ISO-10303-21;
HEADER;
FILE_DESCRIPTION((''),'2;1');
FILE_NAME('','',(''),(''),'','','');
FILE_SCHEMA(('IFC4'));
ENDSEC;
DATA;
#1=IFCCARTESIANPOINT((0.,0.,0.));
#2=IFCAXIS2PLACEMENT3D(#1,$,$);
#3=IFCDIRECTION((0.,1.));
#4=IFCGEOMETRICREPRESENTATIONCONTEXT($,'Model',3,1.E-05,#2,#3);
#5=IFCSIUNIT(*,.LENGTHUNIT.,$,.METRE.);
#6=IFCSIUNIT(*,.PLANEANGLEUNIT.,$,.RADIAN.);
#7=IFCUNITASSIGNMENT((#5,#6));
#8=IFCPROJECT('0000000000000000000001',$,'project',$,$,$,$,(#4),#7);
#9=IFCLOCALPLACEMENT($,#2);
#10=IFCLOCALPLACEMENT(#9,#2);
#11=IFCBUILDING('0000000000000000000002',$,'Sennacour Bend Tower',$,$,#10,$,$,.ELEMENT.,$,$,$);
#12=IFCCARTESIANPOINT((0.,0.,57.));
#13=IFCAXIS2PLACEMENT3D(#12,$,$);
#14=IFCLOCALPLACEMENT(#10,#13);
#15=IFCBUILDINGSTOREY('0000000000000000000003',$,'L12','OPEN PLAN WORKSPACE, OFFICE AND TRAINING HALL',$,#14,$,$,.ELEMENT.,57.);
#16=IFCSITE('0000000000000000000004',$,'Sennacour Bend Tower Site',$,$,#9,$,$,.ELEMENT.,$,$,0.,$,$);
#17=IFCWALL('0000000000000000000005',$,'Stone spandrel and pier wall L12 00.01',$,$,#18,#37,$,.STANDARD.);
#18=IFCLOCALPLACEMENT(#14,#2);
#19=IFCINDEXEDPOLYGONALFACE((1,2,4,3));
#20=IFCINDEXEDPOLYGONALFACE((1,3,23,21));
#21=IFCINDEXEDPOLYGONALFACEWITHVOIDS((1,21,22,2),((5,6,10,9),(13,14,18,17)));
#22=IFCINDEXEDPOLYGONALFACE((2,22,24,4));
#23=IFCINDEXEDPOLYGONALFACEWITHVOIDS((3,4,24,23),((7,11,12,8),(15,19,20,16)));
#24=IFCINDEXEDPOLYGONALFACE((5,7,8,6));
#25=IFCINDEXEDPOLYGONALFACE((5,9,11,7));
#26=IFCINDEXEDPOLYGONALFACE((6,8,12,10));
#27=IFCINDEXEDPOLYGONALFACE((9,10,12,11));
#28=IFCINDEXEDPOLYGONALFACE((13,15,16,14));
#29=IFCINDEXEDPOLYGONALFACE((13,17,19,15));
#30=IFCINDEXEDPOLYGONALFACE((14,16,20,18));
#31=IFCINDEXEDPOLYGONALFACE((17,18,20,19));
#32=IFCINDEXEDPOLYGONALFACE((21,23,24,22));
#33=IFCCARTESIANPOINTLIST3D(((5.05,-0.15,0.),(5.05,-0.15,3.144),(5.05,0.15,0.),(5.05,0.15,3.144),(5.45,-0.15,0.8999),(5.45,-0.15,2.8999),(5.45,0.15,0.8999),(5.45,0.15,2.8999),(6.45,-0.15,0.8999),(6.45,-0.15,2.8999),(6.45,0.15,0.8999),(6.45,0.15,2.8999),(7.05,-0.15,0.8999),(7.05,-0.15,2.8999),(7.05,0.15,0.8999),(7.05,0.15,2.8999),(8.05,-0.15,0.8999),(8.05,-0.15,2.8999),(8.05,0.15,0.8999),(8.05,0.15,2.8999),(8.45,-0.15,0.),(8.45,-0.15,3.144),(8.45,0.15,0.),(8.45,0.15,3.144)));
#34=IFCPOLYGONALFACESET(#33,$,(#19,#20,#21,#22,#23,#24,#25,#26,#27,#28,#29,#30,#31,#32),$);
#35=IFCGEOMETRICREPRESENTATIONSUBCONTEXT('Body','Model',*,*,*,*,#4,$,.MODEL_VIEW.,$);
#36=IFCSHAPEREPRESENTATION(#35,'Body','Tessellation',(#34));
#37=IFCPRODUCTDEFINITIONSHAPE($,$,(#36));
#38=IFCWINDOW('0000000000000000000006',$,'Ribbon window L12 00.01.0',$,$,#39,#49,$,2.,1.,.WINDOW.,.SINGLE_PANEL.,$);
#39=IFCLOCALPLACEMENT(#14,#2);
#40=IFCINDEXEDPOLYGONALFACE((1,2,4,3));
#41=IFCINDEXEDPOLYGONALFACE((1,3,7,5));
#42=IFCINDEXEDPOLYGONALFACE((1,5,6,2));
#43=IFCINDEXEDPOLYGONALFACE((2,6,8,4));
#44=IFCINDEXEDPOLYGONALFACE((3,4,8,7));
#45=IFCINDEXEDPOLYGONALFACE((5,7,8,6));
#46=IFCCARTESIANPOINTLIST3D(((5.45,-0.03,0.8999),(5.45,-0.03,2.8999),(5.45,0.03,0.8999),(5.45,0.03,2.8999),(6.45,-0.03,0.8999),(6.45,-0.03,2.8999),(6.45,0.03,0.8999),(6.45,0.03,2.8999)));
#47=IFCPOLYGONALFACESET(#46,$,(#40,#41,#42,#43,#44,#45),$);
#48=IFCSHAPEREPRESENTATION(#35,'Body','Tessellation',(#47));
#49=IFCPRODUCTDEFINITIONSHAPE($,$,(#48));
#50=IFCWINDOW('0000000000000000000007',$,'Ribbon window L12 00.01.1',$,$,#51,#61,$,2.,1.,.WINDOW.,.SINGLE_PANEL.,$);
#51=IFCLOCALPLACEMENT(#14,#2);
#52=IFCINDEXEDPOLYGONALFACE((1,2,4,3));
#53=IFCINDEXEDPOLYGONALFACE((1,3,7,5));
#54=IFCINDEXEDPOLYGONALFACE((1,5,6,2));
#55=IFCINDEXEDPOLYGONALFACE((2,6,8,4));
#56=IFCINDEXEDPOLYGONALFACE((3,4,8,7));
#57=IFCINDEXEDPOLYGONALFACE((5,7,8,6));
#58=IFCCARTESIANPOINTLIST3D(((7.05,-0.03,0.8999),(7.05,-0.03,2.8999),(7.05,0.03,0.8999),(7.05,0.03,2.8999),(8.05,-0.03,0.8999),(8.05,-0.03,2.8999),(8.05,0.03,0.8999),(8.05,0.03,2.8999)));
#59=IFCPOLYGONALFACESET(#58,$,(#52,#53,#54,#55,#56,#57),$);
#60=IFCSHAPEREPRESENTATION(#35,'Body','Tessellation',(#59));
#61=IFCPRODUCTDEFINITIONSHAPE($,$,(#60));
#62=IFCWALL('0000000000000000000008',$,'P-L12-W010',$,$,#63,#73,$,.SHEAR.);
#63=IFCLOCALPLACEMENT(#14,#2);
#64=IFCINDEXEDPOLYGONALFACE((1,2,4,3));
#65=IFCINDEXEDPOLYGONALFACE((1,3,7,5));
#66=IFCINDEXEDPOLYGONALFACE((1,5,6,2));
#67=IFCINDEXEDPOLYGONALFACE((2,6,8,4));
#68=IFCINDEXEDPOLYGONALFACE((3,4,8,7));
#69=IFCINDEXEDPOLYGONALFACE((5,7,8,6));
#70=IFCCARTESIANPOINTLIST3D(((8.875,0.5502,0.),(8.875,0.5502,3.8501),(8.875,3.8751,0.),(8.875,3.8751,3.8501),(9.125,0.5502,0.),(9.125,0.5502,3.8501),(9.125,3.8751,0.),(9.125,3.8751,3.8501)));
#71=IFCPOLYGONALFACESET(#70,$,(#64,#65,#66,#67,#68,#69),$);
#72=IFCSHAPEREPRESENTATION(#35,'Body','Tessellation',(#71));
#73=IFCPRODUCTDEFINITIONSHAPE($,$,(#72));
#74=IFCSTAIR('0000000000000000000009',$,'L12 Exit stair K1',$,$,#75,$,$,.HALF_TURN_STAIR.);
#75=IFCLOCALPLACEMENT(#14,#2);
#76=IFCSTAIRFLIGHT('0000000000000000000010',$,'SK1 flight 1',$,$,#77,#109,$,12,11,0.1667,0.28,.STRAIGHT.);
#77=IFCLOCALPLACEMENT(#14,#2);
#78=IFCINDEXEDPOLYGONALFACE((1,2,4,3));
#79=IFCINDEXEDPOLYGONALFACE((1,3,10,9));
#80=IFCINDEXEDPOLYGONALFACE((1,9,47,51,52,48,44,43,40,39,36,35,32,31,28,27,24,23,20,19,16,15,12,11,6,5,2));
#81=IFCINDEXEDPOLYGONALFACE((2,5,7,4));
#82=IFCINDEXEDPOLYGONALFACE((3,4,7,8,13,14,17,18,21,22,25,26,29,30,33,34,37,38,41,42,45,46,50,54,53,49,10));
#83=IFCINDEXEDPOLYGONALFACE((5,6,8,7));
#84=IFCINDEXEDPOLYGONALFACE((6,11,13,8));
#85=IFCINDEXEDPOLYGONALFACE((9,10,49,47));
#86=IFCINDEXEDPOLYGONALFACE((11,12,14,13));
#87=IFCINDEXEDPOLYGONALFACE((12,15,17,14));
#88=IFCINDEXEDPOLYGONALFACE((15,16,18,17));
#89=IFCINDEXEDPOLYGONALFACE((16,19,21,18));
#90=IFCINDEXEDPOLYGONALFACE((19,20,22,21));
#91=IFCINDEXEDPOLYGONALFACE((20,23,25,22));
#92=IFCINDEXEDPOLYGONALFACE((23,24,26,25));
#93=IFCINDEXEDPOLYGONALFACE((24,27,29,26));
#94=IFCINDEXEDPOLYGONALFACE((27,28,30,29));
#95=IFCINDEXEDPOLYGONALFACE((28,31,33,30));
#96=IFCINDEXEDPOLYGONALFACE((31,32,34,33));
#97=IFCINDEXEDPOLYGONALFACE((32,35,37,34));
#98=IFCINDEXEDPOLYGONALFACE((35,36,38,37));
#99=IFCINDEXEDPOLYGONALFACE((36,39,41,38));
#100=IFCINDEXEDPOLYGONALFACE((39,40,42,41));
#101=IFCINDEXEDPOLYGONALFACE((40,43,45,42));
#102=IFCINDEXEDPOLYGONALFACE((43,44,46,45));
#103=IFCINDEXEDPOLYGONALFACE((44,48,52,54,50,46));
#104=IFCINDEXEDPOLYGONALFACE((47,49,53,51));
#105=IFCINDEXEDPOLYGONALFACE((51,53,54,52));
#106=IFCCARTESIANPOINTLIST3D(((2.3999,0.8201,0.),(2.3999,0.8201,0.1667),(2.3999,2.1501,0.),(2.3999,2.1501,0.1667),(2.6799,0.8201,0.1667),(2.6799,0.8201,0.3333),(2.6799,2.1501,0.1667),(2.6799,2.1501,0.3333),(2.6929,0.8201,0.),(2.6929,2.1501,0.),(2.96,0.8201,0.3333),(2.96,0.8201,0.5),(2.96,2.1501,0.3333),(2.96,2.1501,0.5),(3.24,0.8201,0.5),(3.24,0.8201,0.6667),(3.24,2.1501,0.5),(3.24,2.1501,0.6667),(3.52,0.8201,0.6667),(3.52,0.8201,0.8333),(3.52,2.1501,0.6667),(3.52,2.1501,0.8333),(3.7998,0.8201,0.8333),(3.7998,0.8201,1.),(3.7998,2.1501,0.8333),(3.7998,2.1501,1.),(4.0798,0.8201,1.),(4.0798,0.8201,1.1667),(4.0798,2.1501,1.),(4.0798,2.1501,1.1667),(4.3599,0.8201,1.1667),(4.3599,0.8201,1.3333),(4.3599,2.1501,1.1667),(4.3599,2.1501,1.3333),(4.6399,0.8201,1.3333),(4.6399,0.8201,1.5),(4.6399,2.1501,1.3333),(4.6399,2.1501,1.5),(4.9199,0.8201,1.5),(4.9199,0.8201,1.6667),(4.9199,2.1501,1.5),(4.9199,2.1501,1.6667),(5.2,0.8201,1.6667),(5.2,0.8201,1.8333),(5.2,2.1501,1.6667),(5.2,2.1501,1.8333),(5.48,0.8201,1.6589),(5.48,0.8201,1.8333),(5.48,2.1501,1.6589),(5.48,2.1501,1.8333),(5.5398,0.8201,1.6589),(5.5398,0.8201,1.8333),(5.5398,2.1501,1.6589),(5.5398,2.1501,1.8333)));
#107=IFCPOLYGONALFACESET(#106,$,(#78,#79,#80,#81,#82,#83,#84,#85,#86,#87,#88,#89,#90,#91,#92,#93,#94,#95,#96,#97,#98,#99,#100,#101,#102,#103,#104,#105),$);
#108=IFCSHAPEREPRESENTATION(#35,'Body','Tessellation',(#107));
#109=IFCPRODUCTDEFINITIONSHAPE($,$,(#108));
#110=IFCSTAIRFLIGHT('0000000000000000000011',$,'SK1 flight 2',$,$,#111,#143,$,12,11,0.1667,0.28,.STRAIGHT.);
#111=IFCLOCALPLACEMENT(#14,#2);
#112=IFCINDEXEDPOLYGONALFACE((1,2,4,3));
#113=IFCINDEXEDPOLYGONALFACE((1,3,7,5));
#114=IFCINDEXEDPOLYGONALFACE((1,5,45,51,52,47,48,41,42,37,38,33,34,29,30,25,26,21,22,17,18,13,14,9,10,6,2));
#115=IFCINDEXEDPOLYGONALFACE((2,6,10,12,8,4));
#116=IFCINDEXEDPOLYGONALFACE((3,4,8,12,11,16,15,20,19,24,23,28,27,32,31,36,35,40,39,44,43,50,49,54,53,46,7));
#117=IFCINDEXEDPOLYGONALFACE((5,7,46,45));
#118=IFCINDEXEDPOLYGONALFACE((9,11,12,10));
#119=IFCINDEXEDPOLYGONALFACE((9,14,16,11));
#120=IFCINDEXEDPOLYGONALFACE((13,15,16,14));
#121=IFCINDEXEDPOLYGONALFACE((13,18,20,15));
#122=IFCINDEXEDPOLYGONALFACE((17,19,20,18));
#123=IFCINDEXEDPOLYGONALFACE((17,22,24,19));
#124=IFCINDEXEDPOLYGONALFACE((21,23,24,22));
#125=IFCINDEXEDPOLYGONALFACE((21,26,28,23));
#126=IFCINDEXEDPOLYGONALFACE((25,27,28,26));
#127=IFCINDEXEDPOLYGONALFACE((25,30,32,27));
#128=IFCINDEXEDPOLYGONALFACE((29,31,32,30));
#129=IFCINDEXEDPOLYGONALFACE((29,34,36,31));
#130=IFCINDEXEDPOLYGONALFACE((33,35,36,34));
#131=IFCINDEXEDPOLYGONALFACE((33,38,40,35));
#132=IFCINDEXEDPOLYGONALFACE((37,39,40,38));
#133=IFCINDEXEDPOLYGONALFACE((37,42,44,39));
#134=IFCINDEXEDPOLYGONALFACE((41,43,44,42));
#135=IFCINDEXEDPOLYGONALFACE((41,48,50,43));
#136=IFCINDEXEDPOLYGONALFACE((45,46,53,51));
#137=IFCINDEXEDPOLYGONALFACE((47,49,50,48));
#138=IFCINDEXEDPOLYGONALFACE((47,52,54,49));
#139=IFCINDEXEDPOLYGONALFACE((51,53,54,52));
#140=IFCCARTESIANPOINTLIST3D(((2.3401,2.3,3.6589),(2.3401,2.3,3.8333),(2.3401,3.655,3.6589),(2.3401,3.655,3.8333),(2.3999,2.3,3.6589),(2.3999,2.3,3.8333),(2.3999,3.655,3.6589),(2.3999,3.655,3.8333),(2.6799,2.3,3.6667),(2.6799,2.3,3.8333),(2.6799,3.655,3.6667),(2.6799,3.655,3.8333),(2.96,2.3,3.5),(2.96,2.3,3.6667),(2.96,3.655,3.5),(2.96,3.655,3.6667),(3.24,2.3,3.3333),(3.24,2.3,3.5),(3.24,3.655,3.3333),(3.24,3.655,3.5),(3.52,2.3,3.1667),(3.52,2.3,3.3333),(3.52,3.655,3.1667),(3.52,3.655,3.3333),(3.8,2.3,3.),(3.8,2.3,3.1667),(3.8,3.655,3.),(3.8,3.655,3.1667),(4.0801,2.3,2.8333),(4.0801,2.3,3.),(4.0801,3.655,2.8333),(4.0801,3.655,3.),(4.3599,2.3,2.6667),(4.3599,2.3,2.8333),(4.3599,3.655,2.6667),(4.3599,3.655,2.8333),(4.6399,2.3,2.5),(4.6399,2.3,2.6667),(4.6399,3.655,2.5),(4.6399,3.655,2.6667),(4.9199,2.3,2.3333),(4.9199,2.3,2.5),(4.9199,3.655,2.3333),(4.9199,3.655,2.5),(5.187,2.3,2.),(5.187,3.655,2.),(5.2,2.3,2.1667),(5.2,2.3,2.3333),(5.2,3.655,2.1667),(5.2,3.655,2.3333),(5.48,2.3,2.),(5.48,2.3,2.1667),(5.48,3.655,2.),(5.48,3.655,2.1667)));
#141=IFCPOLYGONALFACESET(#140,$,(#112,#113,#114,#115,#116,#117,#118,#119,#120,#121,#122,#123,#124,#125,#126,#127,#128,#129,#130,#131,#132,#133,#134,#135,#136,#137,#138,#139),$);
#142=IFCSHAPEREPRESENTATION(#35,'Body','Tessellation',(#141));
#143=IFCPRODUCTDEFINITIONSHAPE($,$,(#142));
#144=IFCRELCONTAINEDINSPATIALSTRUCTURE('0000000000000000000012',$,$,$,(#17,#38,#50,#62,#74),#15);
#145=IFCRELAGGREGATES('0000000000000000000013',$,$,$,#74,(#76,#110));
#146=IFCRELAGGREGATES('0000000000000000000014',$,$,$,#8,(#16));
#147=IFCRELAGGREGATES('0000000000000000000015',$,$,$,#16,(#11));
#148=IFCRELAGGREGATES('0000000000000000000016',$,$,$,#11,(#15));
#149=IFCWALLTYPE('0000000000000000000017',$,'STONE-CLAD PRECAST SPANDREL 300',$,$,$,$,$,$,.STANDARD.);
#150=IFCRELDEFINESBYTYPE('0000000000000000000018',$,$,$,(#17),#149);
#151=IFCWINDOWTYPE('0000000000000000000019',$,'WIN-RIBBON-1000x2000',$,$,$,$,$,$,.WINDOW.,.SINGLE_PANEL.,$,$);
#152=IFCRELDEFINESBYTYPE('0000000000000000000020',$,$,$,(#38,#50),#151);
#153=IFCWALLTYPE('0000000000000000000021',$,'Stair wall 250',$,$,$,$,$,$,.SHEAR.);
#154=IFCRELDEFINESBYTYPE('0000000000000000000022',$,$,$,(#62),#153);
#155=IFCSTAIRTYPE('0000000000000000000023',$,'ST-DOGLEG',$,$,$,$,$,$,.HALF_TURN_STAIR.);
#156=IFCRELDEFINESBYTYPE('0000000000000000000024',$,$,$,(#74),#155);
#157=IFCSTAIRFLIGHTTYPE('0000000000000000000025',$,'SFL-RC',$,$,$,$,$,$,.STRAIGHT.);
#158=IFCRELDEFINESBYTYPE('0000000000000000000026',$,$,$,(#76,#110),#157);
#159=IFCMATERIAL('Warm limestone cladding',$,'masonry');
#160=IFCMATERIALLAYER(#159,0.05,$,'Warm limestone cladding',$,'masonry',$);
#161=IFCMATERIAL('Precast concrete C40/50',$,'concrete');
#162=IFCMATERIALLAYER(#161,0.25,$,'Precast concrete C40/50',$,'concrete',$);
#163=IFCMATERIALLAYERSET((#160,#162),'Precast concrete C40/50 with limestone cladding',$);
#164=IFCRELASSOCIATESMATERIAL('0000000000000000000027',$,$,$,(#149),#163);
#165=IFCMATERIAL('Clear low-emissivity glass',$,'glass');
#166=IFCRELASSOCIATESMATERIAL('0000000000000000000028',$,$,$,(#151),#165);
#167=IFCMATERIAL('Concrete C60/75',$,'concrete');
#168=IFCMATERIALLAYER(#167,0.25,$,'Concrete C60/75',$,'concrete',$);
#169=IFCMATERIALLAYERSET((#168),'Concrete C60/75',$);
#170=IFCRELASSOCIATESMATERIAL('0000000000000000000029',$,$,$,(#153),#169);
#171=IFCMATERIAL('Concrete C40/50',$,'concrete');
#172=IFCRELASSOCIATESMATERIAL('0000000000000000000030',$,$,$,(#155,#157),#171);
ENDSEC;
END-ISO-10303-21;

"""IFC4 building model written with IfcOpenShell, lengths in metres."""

from ifc_helpers import new_model, si_unit, direction, frame, frame_2d, origin, place, context, subcontext, project, spatial, polyline, rectangle, outline, extrude, material, layer, layer_set, type_object, element, fill, aggregate, save


model = new_model("IFC4")

# Units and contexts
model_context = context("Model", 3, precision=1e-05, world=origin(), true_north=direction((0.0, 1.0)))
body_context = subcontext(model_context, "Body", "Model", "MODEL_VIEW")
ifc_project = project(units=[si_unit("LENGTHUNIT", "METRE"), si_unit("PLANEANGLEUNIT", "RADIAN")], contexts=[model_context])

# Site, building, storey
site_placement = place(None, origin())
site = spatial("IfcSite", under=ifc_project, at=site_placement, Name="Sennacour Bend Tower Site", CompositionType="ELEMENT", RefElevation=0.0)
building_placement = place(site_placement, origin())
building = spatial("IfcBuilding", under=site, at=building_placement, Name="Sennacour Bend Tower", CompositionType="ELEMENT")
storey_placement = place(building_placement, frame((0.0, 0.0, 57.0)))
storey = spatial("IfcBuildingStorey", under=building, at=storey_placement, Name="L12", Description="OPEN PLAN WORKSPACE, OFFICE AND TRAINING HALL", CompositionType="ELEMENT", Elevation=57.0)

# Wall, openings, windows
ifc_material_1 = material(Name="Warm limestone cladding", Category="masonry")
ifc_layer_1 = layer(ifc_material_1, 0.05, Name="Warm limestone cladding", Category="masonry")
ifc_material_2 = material(Name="Precast concrete C40/50", Category="concrete")
ifc_layer_2 = layer(ifc_material_2, 0.25, Name="Precast concrete C40/50", Category="concrete")
ifc_layer_set_1 = layer_set([ifc_layer_1, ifc_layer_2], Name="Precast concrete C40/50 with limestone cladding")
wall_type_1 = type_object("IfcWallType", Name="STONE-CLAD PRECAST SPANDREL 300", PredefinedType="STANDARD", material=ifc_layer_set_1)
wall_1_placement = place(storey_placement, frame((5.05, 0.0, 0.0), z_axis=(0.0, 0.0, 1.0), x_axis=(1.0, 0.0, 0.0)))
wall_1 = element("IfcWall", 1, at=wall_1_placement, inside=storey, type_object=wall_type_1, Name="Stone spandrel and pier wall L12 00.01", PredefinedType="STANDARD", context=body_context, shape_type="SweptSolid", body=[
    extrude(rectangle(XDim=3.3999, YDim=0.3, at=frame_2d((1.7, 0.0))), origin(), (0.0, 0.0, 1.0), 3.144),
])
opening_1_placement = place(wall_1_placement, frame((0.3999, 0.0, 0.8999)))
opening_1 = element("IfcOpeningElement", 2, at=opening_1_placement, cuts=wall_1, PredefinedType="OPENING", context=body_context, shape_type="SweptSolid", body=[
    extrude(rectangle(XDim=1.0, YDim=2.0, at=frame_2d((0.5, 1.0))), frame((0.0, 0.1602, 0.0), z_axis=(0.0, -1.0, 0.0), x_axis=(1.0, 0.0, 0.0)), (0.0, 0.0, 1.0), 0.3201),
])
opening_2_placement = place(wall_1_placement, frame((2.0, 0.0, 0.8999)))
opening_2 = element("IfcOpeningElement", 3, at=opening_2_placement, cuts=wall_1, PredefinedType="OPENING", context=body_context, shape_type="SweptSolid", body=[
    extrude(rectangle(XDim=1.0, YDim=2.0, at=frame_2d((0.5, 1.0))), frame((0.0, 0.1602, 0.0), z_axis=(0.0, -1.0, 0.0), x_axis=(1.0, 0.0, 0.0)), (0.0, 0.0, 1.0), 0.3201),
])
ifc_material_3 = material(Name="Clear low-emissivity glass", Category="glass")
window_type = type_object("IfcWindowType", Name="WIN-RIBBON-1000x2000", PartitioningType="SINGLE_PANEL", PredefinedType="WINDOW", material=ifc_material_3)
window_1_placement = place(opening_1_placement, origin())
window_1 = element("IfcWindow", 4, at=window_1_placement, inside=storey, type_object=window_type, Name="Ribbon window L12 00.01.0", OverallHeight=2.0, OverallWidth=1.0, PartitioningType="SINGLE_PANEL", PredefinedType="WINDOW", context=body_context, shape_type="SweptSolid", body=[
    extrude(rectangle(XDim=1.0, YDim=2.0, at=frame_2d((0.5, 1.0))), frame((0.0, 0.03, 0.0), z_axis=(0.0, -1.0, 0.0), x_axis=(1.0, 0.0, 0.0)), (0.0, 0.0, 1.0), 0.0601),
])
fill(opening_1, window_1)
window_2_placement = place(opening_2_placement, origin())
window_2 = element("IfcWindow", 5, at=window_2_placement, inside=storey, type_object=window_type, Name="Ribbon window L12 00.01.1", OverallHeight=2.0, OverallWidth=1.0, PartitioningType="SINGLE_PANEL", PredefinedType="WINDOW", context=body_context, shape_type="SweptSolid", body=[
    extrude(rectangle(XDim=1.0, YDim=2.0, at=frame_2d((0.5, 1.0))), frame((0.0, 0.03, 0.0), z_axis=(0.0, -1.0, 0.0), x_axis=(1.0, 0.0, 0.0)), (0.0, 0.0, 1.0), 0.0601),
])
fill(opening_2, window_2)

# Wall
ifc_material_4 = material(Name="Concrete C60/75", Category="concrete")
ifc_layer_3 = layer(ifc_material_4, 0.25, Name="Concrete C60/75", Category="concrete")
ifc_layer_set_2 = layer_set([ifc_layer_3], Name="Concrete C60/75")
wall_type_2 = type_object("IfcWallType", Name="Stair wall 250", PredefinedType="SHEAR", material=ifc_layer_set_2)
wall_2_placement = place(storey_placement, frame((9.0, 0.55, 0.0), z_axis=(0.0, 0.0, 1.0), x_axis=(0.0, 1.0, 0.0)))
element("IfcWall", 6, at=wall_2_placement, inside=storey, type_object=wall_type_2, Name="P-L12-W010", PredefinedType="SHEAR", context=body_context, shape_type="SweptSolid", body=[
    extrude(rectangle(XDim=3.325, YDim=0.25, at=frame_2d((1.6626, 0.0))), origin(), (0.0, 0.0, 1.0), 3.8501),
])

# Stair, stair flights
ifc_material_5 = material(Name="Concrete C40/50", Category="concrete")
stair_type = type_object("IfcStairType", Name="ST-DOGLEG", PredefinedType="HALF_TURN_STAIR", material=ifc_material_5)
stair_placement = place(storey_placement, origin())
stair = element("IfcStair", 7, at=stair_placement, inside=storey, type_object=stair_type, Name="L12 Exit stair K1", PredefinedType="HALF_TURN_STAIR")
stair_flight_type = type_object("IfcStairFlightType", Name="SFL-RC", PredefinedType="STRAIGHT", material=ifc_material_5)
stair_flight_1_placement = place(storey_placement, frame((2.3999, 1.4851, 0.0), z_axis=(0.0, 0.0, 1.0), x_axis=(1.0, 0.0, 0.0)))
stair_flight_1 = element("IfcStairFlight", 8, at=stair_flight_1_placement, type_object=stair_flight_type, Name="SK1 flight 1", NumberOfRisers=12, NumberOfTreads=11, PredefinedType="STRAIGHT", RiserHeight=0.1667, TreadLength=0.28, context=body_context, shape_type="SweptSolid", body=[
    extrude(outline(polyline([(0.0, 0.0), (0.0, 0.1667), (0.28, 0.1667), (0.28, 0.3333), (0.5601, 0.3333), (0.5601, 0.5), (0.8401, 0.5), (0.8401, 0.6667), (1.1201, 0.6667), (1.1201, 0.8333), (1.3999, 0.8333), (1.3999, 1.0), (1.6799, 1.0), (1.6799, 1.1667), (1.96, 1.1667), (1.96, 1.3333), (2.24, 1.3333), (2.24, 1.5), (2.52, 1.5), (2.52, 1.6667), (2.8, 1.6667), (2.8, 1.8333), (3.0801, 1.8333), (3.1399, 1.8333), (3.1399, 1.6589), (3.0801, 1.6589), (0.293, 0.0), (0.0, 0.0)])), frame((0.0, 0.665, 0.0), z_axis=(0.0, -1.0, 0.0), x_axis=(1.0, 0.0, 0.0)), (0.0, 0.0, 1.0), 1.3301),
])
stair_flight_2_placement = place(storey_placement, frame((5.48, 2.9775, 2.0), z_axis=(0.0, 0.0, 1.0), x_axis=(-1.0, 0.0, 0.0)))
stair_flight_2 = element("IfcStairFlight", 9, at=stair_flight_2_placement, type_object=stair_flight_type, Name="SK1 flight 2", NumberOfRisers=12, NumberOfTreads=11, PredefinedType="STRAIGHT", RiserHeight=0.1667, TreadLength=0.28, context=body_context, shape_type="SweptSolid", body=[
    extrude(outline(polyline([(0.0, 0.0), (0.0, 0.1667), (0.28, 0.1667), (0.28, 0.3333), (0.5601, 0.3333), (0.5601, 0.5), (0.8401, 0.5), (0.8401, 0.6667), (1.1201, 0.6667), (1.1201, 0.8333), (1.3999, 0.8333), (1.3999, 1.0), (1.6799, 1.0), (1.6799, 1.1667), (1.96, 1.1667), (1.96, 1.3333), (2.24, 1.3333), (2.24, 1.5), (2.52, 1.5), (2.52, 1.6667), (2.8, 1.6667), (2.8, 1.8333), (3.0801, 1.8333), (3.1399, 1.8333), (3.1399, 1.6589), (3.0801, 1.6589), (0.293, 0.0), (0.0, 0.0)])), frame((0.0, 0.6775, 0.0), z_axis=(0.0, -1.0, 0.0), x_axis=(1.0, 0.0, 0.0)), (0.0, 0.0, 1.0), 1.355),
])
aggregate(stair, [stair_flight_1, stair_flight_2])

save(model, "model.ifc")
